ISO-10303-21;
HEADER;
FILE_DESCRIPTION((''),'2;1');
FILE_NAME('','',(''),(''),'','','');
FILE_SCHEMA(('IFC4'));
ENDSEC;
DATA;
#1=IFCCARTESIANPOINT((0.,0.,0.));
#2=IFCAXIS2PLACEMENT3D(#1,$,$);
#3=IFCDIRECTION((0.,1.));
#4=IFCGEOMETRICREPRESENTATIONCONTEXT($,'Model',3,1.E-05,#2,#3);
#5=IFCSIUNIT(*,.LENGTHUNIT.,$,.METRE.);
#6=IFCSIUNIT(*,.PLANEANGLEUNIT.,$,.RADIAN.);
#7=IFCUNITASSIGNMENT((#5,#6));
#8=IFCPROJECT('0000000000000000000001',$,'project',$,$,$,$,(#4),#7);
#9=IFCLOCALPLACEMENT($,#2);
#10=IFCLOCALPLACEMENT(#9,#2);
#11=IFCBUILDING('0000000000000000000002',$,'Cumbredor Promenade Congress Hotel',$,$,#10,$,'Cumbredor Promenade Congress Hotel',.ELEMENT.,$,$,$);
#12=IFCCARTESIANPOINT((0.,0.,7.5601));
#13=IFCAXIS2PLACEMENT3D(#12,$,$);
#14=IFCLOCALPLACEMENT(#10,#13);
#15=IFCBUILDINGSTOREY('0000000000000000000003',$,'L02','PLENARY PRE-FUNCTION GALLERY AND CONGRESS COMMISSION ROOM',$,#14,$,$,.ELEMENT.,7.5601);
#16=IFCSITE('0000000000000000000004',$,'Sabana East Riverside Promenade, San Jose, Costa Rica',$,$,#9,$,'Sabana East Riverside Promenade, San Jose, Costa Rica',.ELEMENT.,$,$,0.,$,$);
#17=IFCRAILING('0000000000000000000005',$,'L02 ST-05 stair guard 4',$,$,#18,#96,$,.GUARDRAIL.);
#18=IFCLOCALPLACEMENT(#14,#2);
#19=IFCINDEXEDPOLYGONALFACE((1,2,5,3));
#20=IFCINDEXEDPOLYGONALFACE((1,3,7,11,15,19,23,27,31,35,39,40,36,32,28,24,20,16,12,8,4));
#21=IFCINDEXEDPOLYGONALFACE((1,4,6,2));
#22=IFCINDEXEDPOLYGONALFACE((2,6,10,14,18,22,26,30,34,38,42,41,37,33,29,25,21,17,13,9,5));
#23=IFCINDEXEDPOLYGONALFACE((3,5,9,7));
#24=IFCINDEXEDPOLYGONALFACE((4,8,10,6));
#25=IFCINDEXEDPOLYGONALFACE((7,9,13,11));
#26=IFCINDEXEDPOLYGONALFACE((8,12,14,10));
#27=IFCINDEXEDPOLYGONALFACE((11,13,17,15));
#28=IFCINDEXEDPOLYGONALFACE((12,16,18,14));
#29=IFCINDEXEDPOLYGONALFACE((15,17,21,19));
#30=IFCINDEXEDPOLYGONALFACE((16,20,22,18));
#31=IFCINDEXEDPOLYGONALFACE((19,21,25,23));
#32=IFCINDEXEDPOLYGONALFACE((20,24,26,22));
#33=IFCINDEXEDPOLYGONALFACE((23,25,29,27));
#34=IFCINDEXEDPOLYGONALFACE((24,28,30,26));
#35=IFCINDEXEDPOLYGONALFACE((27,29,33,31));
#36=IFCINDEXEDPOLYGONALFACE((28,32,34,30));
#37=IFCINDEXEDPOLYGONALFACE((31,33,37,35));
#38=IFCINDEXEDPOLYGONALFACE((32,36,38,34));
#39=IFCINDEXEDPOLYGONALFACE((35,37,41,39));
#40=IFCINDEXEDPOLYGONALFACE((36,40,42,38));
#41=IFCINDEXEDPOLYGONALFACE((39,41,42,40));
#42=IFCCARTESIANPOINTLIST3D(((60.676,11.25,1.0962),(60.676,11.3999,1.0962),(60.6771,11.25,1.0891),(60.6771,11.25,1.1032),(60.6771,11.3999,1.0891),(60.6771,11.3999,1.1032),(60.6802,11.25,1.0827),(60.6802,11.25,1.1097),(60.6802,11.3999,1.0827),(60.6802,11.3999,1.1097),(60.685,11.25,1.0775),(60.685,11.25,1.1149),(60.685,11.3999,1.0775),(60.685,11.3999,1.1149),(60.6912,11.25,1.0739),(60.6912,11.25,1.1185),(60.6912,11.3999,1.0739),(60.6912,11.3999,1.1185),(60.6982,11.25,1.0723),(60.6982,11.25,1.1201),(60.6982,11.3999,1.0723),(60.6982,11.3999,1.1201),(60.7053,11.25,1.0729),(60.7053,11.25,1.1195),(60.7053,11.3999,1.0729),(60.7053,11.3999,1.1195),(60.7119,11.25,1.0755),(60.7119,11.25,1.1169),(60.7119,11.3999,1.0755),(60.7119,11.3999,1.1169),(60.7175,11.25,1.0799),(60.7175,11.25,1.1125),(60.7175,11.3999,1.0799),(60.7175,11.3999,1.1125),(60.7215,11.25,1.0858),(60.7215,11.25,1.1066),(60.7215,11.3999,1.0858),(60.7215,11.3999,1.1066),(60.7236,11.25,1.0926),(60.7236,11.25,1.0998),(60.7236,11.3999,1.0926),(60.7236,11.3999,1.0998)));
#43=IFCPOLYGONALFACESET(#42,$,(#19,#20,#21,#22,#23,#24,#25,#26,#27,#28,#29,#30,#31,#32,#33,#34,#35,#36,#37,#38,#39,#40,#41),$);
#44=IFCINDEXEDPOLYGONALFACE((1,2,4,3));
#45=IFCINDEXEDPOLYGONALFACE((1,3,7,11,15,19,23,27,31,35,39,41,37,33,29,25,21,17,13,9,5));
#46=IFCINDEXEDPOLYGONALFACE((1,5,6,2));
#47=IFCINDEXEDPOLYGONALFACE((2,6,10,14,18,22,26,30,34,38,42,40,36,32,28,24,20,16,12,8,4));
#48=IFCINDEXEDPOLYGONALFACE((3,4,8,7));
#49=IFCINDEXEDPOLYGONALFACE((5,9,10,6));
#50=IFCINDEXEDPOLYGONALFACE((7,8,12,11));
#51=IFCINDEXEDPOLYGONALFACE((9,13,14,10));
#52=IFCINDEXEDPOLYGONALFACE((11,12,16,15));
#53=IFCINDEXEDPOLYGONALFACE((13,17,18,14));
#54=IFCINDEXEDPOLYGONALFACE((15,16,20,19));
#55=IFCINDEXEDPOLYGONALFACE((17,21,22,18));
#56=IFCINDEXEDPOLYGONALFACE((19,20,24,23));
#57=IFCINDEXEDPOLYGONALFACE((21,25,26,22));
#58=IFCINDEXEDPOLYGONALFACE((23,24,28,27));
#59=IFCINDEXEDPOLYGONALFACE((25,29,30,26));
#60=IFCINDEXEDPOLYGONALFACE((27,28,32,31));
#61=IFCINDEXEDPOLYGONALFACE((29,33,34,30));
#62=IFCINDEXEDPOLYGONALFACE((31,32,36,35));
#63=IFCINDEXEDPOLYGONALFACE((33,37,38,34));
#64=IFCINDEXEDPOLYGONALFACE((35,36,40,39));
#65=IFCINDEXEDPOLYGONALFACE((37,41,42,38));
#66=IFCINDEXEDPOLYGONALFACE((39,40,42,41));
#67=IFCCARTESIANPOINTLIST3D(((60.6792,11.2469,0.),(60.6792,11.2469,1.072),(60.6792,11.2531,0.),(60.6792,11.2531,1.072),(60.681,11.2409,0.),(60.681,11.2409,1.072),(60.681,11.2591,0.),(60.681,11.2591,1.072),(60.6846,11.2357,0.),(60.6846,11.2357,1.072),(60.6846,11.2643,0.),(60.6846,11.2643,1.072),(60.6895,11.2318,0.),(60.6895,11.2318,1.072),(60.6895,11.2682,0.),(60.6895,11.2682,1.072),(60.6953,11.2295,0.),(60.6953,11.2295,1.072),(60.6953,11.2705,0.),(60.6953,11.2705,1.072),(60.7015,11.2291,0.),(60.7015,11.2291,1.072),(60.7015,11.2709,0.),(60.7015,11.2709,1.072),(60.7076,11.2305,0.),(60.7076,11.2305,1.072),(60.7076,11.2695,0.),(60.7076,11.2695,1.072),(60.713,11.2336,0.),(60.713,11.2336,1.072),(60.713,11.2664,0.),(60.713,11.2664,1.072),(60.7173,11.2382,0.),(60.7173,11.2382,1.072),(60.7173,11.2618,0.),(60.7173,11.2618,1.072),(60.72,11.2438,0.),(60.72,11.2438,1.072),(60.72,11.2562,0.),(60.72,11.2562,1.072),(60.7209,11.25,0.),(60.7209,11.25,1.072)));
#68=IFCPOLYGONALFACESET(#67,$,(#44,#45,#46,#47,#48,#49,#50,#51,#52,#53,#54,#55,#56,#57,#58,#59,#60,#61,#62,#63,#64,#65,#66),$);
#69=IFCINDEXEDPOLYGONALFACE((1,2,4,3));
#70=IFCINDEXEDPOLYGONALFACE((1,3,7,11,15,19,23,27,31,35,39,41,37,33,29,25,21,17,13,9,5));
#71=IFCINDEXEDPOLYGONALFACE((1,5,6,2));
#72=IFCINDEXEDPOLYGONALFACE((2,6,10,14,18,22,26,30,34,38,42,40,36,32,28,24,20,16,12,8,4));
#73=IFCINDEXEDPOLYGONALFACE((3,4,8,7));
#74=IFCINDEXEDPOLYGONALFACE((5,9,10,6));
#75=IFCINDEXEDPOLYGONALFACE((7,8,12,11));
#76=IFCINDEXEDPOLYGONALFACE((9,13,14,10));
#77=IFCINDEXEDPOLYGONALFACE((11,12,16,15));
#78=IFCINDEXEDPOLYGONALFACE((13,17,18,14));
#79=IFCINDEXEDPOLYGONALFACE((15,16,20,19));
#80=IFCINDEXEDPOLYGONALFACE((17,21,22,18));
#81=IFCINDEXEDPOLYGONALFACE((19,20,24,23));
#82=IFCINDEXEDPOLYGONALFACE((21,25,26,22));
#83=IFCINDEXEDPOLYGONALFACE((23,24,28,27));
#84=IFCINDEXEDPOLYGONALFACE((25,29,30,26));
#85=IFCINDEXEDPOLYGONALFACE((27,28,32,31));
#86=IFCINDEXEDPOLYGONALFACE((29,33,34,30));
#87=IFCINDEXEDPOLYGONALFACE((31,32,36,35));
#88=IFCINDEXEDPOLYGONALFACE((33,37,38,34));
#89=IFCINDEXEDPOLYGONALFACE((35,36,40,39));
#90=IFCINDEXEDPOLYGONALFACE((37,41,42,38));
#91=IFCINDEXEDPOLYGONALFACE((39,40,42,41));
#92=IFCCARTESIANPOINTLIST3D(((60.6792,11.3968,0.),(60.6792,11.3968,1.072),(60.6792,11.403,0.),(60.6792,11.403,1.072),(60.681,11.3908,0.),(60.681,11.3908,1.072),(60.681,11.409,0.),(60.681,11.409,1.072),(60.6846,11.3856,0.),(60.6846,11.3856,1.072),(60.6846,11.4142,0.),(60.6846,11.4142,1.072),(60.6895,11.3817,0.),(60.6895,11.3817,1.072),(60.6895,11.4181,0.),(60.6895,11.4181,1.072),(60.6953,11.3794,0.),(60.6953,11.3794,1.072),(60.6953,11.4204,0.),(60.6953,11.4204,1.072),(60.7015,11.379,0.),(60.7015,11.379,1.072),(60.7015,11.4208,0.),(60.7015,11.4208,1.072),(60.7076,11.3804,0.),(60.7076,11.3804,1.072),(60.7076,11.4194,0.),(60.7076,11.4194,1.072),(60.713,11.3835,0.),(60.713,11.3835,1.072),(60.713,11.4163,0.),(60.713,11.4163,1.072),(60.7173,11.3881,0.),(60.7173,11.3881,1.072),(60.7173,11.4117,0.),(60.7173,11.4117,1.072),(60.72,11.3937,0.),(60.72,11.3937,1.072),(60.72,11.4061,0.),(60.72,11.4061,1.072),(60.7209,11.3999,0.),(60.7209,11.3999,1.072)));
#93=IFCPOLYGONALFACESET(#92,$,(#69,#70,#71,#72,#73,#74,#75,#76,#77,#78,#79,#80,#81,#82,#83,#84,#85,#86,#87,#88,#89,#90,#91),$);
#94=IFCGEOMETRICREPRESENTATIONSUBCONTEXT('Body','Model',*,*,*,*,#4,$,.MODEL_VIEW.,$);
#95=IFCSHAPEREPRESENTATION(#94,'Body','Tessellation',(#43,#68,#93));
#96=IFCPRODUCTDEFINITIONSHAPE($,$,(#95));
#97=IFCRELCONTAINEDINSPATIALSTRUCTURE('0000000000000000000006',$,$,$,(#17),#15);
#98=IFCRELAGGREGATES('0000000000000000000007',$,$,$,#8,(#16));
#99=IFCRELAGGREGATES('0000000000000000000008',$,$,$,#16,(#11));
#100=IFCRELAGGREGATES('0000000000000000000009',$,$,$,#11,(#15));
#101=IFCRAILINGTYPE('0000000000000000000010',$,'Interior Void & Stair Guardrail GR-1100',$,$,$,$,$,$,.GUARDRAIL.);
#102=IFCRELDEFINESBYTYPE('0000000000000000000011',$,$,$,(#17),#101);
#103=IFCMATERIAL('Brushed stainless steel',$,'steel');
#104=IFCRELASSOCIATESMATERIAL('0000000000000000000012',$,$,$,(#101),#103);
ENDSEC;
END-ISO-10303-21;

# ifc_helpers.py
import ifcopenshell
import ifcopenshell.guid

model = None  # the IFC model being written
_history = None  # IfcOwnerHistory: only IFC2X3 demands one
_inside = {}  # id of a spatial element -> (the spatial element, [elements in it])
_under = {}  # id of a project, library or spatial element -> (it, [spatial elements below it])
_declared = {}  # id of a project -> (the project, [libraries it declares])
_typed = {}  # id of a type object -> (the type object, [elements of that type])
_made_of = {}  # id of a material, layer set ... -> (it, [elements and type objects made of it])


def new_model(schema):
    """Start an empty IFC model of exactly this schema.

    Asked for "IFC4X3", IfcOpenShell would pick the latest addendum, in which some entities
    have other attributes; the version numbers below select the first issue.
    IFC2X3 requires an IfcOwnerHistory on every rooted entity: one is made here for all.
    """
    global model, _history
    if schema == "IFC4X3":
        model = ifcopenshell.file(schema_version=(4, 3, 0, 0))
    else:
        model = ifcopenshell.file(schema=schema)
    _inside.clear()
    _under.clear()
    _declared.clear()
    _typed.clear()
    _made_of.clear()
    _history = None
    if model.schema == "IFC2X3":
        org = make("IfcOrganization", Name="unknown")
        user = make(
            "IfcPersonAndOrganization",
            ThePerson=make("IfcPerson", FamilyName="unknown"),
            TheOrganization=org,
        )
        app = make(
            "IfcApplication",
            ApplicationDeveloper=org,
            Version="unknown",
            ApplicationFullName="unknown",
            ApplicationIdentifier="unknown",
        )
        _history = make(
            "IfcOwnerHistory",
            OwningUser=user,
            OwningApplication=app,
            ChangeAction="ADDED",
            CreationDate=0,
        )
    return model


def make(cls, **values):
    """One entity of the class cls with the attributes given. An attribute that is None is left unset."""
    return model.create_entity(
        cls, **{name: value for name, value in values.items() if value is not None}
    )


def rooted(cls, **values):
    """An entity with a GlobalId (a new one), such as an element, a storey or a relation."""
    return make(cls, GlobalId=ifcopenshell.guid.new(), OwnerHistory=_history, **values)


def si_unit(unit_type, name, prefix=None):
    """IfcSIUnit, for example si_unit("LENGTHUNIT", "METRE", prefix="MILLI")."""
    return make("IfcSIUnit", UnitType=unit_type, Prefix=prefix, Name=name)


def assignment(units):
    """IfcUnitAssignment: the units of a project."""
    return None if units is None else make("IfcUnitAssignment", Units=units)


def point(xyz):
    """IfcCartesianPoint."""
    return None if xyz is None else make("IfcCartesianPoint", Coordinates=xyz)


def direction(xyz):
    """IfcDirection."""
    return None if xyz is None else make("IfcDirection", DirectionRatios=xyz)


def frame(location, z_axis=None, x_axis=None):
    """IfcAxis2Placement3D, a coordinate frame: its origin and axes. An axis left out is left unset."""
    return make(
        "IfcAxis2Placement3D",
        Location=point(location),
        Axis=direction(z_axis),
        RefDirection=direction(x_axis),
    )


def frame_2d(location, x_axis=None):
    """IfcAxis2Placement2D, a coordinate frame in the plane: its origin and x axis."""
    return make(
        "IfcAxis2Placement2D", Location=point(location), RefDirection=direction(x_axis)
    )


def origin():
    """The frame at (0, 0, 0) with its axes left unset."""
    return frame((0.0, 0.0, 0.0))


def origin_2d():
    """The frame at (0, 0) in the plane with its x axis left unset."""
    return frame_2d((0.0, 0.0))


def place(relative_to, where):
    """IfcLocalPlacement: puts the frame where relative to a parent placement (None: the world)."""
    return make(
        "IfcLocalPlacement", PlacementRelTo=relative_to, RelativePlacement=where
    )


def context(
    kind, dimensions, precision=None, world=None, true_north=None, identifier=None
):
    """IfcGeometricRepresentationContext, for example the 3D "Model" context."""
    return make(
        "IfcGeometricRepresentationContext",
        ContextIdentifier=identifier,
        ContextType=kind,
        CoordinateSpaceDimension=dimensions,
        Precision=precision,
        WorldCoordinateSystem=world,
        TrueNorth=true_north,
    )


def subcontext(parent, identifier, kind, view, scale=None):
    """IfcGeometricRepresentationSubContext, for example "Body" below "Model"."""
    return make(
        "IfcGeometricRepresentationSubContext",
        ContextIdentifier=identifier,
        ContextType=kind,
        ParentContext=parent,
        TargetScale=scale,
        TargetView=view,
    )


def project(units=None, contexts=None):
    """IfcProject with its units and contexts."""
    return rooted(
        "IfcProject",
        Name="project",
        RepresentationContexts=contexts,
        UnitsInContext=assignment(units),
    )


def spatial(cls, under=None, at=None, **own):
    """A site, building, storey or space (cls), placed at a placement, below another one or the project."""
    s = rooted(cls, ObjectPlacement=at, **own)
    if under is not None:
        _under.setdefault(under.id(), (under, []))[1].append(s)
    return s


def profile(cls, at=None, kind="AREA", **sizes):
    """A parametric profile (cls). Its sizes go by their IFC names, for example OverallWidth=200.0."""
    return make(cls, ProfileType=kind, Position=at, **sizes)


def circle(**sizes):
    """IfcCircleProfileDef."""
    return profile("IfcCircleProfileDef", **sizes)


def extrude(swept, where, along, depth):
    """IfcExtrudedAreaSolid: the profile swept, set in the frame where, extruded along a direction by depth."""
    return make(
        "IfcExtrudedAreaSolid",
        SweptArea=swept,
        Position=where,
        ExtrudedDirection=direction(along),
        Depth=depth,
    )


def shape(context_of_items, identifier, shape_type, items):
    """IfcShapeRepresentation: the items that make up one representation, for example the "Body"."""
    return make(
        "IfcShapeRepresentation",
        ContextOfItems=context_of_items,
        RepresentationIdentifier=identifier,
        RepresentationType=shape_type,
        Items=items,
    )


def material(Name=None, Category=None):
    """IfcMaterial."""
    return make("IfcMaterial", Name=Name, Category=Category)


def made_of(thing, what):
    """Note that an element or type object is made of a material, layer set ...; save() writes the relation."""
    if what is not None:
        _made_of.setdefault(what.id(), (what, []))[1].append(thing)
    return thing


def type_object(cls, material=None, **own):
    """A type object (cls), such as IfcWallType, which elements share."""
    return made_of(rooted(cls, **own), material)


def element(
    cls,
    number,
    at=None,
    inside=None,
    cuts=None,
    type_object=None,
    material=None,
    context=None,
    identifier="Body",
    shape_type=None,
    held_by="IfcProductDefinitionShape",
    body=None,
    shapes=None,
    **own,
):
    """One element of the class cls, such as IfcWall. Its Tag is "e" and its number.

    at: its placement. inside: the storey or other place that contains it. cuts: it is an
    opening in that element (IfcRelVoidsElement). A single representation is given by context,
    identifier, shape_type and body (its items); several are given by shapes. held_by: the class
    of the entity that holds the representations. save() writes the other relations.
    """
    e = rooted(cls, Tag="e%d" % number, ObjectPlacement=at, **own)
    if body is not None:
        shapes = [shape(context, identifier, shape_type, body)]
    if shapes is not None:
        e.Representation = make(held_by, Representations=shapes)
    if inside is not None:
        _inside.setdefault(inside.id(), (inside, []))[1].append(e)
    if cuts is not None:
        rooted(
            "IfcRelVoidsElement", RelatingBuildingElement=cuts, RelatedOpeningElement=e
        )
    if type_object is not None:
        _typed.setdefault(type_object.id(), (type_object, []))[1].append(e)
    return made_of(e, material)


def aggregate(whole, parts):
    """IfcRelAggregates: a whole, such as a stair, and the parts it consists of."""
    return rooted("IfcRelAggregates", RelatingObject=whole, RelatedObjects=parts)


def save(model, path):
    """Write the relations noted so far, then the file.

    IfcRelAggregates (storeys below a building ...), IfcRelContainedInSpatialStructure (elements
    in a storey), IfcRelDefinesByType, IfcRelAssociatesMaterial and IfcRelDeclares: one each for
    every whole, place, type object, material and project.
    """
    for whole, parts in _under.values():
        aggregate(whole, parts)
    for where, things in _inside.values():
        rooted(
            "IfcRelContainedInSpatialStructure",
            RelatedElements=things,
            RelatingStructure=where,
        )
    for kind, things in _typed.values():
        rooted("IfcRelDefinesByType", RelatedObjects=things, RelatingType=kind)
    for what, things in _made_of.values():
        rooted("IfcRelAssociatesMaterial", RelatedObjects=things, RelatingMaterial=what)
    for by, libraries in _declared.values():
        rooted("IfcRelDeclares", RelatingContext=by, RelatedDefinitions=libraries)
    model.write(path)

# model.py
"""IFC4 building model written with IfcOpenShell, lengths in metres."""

from ifc_helpers import new_model, si_unit, direction, frame, origin, origin_2d, place, context, subcontext, project, spatial, circle, extrude, material, type_object, element, save


model = new_model("IFC4")

# Units and contexts
model_context = context("Model", 3, precision=1e-05, world=origin(), true_north=direction((0.0, 1.0)))
body_context = subcontext(model_context, "Body", "Model", "MODEL_VIEW")
ifc_project = project(units=[si_unit("LENGTHUNIT", "METRE"), si_unit("PLANEANGLEUNIT", "RADIAN")], contexts=[model_context])

# Site, building, storey
site_placement = place(None, origin())
site = spatial("IfcSite", under=ifc_project, at=site_placement, Name="Sabana East Riverside Promenade, San Jose, Costa Rica", LongName="Sabana East Riverside Promenade, San Jose, Costa Rica", CompositionType="ELEMENT", RefElevation=0.0)
building_placement = place(site_placement, origin())
building = spatial("IfcBuilding", under=site, at=building_placement, Name="Cumbredor Promenade Congress Hotel", LongName="Cumbredor Promenade Congress Hotel", CompositionType="ELEMENT")
storey_placement = place(building_placement, frame((0.0, 0.0, 7.5601)))
storey = spatial("IfcBuildingStorey", under=building, at=storey_placement, Name="L02", Description="PLENARY PRE-FUNCTION GALLERY AND CONGRESS COMMISSION ROOM", CompositionType="ELEMENT", Elevation=7.5601)

# Railing
ifc_material_1 = material(Name="Brushed stainless steel", Category="steel")
railing_type_1 = type_object("IfcRailingType", Name="Interior Void & Stair Guardrail GR-1100", PredefinedType="GUARDRAIL", material=ifc_material_1)
railing_1_placement = place(storey_placement, frame((60.7, 11.25, 0.0)))
element("IfcRailing", 1, at=railing_1_placement, inside=storey, type_object=railing_type_1, Name="L02 ST-05 stair guard 4", PredefinedType="GUARDRAIL", context=body_context, shape_type="SweptSolid", body=[
    extrude(circle(Radius=0.0239, at=origin_2d()), frame((0.0, 0.0, 1.0962), z_axis=(0.0, 1.0, 0.0), x_axis=(-1.0, 0.0, 0.0)), (0.0, 0.0, 1.0), 0.1499),
    extrude(circle(Radius=0.021, at=origin_2d()), origin(), (0.0, 0.0, 1.0), 1.072),
    extrude(circle(Radius=0.021, at=origin_2d()), frame((0.0, 0.1499, 0.0)), (0.0, 0.0, 1.0), 1.072),
])

save(model, "model.ifc")
